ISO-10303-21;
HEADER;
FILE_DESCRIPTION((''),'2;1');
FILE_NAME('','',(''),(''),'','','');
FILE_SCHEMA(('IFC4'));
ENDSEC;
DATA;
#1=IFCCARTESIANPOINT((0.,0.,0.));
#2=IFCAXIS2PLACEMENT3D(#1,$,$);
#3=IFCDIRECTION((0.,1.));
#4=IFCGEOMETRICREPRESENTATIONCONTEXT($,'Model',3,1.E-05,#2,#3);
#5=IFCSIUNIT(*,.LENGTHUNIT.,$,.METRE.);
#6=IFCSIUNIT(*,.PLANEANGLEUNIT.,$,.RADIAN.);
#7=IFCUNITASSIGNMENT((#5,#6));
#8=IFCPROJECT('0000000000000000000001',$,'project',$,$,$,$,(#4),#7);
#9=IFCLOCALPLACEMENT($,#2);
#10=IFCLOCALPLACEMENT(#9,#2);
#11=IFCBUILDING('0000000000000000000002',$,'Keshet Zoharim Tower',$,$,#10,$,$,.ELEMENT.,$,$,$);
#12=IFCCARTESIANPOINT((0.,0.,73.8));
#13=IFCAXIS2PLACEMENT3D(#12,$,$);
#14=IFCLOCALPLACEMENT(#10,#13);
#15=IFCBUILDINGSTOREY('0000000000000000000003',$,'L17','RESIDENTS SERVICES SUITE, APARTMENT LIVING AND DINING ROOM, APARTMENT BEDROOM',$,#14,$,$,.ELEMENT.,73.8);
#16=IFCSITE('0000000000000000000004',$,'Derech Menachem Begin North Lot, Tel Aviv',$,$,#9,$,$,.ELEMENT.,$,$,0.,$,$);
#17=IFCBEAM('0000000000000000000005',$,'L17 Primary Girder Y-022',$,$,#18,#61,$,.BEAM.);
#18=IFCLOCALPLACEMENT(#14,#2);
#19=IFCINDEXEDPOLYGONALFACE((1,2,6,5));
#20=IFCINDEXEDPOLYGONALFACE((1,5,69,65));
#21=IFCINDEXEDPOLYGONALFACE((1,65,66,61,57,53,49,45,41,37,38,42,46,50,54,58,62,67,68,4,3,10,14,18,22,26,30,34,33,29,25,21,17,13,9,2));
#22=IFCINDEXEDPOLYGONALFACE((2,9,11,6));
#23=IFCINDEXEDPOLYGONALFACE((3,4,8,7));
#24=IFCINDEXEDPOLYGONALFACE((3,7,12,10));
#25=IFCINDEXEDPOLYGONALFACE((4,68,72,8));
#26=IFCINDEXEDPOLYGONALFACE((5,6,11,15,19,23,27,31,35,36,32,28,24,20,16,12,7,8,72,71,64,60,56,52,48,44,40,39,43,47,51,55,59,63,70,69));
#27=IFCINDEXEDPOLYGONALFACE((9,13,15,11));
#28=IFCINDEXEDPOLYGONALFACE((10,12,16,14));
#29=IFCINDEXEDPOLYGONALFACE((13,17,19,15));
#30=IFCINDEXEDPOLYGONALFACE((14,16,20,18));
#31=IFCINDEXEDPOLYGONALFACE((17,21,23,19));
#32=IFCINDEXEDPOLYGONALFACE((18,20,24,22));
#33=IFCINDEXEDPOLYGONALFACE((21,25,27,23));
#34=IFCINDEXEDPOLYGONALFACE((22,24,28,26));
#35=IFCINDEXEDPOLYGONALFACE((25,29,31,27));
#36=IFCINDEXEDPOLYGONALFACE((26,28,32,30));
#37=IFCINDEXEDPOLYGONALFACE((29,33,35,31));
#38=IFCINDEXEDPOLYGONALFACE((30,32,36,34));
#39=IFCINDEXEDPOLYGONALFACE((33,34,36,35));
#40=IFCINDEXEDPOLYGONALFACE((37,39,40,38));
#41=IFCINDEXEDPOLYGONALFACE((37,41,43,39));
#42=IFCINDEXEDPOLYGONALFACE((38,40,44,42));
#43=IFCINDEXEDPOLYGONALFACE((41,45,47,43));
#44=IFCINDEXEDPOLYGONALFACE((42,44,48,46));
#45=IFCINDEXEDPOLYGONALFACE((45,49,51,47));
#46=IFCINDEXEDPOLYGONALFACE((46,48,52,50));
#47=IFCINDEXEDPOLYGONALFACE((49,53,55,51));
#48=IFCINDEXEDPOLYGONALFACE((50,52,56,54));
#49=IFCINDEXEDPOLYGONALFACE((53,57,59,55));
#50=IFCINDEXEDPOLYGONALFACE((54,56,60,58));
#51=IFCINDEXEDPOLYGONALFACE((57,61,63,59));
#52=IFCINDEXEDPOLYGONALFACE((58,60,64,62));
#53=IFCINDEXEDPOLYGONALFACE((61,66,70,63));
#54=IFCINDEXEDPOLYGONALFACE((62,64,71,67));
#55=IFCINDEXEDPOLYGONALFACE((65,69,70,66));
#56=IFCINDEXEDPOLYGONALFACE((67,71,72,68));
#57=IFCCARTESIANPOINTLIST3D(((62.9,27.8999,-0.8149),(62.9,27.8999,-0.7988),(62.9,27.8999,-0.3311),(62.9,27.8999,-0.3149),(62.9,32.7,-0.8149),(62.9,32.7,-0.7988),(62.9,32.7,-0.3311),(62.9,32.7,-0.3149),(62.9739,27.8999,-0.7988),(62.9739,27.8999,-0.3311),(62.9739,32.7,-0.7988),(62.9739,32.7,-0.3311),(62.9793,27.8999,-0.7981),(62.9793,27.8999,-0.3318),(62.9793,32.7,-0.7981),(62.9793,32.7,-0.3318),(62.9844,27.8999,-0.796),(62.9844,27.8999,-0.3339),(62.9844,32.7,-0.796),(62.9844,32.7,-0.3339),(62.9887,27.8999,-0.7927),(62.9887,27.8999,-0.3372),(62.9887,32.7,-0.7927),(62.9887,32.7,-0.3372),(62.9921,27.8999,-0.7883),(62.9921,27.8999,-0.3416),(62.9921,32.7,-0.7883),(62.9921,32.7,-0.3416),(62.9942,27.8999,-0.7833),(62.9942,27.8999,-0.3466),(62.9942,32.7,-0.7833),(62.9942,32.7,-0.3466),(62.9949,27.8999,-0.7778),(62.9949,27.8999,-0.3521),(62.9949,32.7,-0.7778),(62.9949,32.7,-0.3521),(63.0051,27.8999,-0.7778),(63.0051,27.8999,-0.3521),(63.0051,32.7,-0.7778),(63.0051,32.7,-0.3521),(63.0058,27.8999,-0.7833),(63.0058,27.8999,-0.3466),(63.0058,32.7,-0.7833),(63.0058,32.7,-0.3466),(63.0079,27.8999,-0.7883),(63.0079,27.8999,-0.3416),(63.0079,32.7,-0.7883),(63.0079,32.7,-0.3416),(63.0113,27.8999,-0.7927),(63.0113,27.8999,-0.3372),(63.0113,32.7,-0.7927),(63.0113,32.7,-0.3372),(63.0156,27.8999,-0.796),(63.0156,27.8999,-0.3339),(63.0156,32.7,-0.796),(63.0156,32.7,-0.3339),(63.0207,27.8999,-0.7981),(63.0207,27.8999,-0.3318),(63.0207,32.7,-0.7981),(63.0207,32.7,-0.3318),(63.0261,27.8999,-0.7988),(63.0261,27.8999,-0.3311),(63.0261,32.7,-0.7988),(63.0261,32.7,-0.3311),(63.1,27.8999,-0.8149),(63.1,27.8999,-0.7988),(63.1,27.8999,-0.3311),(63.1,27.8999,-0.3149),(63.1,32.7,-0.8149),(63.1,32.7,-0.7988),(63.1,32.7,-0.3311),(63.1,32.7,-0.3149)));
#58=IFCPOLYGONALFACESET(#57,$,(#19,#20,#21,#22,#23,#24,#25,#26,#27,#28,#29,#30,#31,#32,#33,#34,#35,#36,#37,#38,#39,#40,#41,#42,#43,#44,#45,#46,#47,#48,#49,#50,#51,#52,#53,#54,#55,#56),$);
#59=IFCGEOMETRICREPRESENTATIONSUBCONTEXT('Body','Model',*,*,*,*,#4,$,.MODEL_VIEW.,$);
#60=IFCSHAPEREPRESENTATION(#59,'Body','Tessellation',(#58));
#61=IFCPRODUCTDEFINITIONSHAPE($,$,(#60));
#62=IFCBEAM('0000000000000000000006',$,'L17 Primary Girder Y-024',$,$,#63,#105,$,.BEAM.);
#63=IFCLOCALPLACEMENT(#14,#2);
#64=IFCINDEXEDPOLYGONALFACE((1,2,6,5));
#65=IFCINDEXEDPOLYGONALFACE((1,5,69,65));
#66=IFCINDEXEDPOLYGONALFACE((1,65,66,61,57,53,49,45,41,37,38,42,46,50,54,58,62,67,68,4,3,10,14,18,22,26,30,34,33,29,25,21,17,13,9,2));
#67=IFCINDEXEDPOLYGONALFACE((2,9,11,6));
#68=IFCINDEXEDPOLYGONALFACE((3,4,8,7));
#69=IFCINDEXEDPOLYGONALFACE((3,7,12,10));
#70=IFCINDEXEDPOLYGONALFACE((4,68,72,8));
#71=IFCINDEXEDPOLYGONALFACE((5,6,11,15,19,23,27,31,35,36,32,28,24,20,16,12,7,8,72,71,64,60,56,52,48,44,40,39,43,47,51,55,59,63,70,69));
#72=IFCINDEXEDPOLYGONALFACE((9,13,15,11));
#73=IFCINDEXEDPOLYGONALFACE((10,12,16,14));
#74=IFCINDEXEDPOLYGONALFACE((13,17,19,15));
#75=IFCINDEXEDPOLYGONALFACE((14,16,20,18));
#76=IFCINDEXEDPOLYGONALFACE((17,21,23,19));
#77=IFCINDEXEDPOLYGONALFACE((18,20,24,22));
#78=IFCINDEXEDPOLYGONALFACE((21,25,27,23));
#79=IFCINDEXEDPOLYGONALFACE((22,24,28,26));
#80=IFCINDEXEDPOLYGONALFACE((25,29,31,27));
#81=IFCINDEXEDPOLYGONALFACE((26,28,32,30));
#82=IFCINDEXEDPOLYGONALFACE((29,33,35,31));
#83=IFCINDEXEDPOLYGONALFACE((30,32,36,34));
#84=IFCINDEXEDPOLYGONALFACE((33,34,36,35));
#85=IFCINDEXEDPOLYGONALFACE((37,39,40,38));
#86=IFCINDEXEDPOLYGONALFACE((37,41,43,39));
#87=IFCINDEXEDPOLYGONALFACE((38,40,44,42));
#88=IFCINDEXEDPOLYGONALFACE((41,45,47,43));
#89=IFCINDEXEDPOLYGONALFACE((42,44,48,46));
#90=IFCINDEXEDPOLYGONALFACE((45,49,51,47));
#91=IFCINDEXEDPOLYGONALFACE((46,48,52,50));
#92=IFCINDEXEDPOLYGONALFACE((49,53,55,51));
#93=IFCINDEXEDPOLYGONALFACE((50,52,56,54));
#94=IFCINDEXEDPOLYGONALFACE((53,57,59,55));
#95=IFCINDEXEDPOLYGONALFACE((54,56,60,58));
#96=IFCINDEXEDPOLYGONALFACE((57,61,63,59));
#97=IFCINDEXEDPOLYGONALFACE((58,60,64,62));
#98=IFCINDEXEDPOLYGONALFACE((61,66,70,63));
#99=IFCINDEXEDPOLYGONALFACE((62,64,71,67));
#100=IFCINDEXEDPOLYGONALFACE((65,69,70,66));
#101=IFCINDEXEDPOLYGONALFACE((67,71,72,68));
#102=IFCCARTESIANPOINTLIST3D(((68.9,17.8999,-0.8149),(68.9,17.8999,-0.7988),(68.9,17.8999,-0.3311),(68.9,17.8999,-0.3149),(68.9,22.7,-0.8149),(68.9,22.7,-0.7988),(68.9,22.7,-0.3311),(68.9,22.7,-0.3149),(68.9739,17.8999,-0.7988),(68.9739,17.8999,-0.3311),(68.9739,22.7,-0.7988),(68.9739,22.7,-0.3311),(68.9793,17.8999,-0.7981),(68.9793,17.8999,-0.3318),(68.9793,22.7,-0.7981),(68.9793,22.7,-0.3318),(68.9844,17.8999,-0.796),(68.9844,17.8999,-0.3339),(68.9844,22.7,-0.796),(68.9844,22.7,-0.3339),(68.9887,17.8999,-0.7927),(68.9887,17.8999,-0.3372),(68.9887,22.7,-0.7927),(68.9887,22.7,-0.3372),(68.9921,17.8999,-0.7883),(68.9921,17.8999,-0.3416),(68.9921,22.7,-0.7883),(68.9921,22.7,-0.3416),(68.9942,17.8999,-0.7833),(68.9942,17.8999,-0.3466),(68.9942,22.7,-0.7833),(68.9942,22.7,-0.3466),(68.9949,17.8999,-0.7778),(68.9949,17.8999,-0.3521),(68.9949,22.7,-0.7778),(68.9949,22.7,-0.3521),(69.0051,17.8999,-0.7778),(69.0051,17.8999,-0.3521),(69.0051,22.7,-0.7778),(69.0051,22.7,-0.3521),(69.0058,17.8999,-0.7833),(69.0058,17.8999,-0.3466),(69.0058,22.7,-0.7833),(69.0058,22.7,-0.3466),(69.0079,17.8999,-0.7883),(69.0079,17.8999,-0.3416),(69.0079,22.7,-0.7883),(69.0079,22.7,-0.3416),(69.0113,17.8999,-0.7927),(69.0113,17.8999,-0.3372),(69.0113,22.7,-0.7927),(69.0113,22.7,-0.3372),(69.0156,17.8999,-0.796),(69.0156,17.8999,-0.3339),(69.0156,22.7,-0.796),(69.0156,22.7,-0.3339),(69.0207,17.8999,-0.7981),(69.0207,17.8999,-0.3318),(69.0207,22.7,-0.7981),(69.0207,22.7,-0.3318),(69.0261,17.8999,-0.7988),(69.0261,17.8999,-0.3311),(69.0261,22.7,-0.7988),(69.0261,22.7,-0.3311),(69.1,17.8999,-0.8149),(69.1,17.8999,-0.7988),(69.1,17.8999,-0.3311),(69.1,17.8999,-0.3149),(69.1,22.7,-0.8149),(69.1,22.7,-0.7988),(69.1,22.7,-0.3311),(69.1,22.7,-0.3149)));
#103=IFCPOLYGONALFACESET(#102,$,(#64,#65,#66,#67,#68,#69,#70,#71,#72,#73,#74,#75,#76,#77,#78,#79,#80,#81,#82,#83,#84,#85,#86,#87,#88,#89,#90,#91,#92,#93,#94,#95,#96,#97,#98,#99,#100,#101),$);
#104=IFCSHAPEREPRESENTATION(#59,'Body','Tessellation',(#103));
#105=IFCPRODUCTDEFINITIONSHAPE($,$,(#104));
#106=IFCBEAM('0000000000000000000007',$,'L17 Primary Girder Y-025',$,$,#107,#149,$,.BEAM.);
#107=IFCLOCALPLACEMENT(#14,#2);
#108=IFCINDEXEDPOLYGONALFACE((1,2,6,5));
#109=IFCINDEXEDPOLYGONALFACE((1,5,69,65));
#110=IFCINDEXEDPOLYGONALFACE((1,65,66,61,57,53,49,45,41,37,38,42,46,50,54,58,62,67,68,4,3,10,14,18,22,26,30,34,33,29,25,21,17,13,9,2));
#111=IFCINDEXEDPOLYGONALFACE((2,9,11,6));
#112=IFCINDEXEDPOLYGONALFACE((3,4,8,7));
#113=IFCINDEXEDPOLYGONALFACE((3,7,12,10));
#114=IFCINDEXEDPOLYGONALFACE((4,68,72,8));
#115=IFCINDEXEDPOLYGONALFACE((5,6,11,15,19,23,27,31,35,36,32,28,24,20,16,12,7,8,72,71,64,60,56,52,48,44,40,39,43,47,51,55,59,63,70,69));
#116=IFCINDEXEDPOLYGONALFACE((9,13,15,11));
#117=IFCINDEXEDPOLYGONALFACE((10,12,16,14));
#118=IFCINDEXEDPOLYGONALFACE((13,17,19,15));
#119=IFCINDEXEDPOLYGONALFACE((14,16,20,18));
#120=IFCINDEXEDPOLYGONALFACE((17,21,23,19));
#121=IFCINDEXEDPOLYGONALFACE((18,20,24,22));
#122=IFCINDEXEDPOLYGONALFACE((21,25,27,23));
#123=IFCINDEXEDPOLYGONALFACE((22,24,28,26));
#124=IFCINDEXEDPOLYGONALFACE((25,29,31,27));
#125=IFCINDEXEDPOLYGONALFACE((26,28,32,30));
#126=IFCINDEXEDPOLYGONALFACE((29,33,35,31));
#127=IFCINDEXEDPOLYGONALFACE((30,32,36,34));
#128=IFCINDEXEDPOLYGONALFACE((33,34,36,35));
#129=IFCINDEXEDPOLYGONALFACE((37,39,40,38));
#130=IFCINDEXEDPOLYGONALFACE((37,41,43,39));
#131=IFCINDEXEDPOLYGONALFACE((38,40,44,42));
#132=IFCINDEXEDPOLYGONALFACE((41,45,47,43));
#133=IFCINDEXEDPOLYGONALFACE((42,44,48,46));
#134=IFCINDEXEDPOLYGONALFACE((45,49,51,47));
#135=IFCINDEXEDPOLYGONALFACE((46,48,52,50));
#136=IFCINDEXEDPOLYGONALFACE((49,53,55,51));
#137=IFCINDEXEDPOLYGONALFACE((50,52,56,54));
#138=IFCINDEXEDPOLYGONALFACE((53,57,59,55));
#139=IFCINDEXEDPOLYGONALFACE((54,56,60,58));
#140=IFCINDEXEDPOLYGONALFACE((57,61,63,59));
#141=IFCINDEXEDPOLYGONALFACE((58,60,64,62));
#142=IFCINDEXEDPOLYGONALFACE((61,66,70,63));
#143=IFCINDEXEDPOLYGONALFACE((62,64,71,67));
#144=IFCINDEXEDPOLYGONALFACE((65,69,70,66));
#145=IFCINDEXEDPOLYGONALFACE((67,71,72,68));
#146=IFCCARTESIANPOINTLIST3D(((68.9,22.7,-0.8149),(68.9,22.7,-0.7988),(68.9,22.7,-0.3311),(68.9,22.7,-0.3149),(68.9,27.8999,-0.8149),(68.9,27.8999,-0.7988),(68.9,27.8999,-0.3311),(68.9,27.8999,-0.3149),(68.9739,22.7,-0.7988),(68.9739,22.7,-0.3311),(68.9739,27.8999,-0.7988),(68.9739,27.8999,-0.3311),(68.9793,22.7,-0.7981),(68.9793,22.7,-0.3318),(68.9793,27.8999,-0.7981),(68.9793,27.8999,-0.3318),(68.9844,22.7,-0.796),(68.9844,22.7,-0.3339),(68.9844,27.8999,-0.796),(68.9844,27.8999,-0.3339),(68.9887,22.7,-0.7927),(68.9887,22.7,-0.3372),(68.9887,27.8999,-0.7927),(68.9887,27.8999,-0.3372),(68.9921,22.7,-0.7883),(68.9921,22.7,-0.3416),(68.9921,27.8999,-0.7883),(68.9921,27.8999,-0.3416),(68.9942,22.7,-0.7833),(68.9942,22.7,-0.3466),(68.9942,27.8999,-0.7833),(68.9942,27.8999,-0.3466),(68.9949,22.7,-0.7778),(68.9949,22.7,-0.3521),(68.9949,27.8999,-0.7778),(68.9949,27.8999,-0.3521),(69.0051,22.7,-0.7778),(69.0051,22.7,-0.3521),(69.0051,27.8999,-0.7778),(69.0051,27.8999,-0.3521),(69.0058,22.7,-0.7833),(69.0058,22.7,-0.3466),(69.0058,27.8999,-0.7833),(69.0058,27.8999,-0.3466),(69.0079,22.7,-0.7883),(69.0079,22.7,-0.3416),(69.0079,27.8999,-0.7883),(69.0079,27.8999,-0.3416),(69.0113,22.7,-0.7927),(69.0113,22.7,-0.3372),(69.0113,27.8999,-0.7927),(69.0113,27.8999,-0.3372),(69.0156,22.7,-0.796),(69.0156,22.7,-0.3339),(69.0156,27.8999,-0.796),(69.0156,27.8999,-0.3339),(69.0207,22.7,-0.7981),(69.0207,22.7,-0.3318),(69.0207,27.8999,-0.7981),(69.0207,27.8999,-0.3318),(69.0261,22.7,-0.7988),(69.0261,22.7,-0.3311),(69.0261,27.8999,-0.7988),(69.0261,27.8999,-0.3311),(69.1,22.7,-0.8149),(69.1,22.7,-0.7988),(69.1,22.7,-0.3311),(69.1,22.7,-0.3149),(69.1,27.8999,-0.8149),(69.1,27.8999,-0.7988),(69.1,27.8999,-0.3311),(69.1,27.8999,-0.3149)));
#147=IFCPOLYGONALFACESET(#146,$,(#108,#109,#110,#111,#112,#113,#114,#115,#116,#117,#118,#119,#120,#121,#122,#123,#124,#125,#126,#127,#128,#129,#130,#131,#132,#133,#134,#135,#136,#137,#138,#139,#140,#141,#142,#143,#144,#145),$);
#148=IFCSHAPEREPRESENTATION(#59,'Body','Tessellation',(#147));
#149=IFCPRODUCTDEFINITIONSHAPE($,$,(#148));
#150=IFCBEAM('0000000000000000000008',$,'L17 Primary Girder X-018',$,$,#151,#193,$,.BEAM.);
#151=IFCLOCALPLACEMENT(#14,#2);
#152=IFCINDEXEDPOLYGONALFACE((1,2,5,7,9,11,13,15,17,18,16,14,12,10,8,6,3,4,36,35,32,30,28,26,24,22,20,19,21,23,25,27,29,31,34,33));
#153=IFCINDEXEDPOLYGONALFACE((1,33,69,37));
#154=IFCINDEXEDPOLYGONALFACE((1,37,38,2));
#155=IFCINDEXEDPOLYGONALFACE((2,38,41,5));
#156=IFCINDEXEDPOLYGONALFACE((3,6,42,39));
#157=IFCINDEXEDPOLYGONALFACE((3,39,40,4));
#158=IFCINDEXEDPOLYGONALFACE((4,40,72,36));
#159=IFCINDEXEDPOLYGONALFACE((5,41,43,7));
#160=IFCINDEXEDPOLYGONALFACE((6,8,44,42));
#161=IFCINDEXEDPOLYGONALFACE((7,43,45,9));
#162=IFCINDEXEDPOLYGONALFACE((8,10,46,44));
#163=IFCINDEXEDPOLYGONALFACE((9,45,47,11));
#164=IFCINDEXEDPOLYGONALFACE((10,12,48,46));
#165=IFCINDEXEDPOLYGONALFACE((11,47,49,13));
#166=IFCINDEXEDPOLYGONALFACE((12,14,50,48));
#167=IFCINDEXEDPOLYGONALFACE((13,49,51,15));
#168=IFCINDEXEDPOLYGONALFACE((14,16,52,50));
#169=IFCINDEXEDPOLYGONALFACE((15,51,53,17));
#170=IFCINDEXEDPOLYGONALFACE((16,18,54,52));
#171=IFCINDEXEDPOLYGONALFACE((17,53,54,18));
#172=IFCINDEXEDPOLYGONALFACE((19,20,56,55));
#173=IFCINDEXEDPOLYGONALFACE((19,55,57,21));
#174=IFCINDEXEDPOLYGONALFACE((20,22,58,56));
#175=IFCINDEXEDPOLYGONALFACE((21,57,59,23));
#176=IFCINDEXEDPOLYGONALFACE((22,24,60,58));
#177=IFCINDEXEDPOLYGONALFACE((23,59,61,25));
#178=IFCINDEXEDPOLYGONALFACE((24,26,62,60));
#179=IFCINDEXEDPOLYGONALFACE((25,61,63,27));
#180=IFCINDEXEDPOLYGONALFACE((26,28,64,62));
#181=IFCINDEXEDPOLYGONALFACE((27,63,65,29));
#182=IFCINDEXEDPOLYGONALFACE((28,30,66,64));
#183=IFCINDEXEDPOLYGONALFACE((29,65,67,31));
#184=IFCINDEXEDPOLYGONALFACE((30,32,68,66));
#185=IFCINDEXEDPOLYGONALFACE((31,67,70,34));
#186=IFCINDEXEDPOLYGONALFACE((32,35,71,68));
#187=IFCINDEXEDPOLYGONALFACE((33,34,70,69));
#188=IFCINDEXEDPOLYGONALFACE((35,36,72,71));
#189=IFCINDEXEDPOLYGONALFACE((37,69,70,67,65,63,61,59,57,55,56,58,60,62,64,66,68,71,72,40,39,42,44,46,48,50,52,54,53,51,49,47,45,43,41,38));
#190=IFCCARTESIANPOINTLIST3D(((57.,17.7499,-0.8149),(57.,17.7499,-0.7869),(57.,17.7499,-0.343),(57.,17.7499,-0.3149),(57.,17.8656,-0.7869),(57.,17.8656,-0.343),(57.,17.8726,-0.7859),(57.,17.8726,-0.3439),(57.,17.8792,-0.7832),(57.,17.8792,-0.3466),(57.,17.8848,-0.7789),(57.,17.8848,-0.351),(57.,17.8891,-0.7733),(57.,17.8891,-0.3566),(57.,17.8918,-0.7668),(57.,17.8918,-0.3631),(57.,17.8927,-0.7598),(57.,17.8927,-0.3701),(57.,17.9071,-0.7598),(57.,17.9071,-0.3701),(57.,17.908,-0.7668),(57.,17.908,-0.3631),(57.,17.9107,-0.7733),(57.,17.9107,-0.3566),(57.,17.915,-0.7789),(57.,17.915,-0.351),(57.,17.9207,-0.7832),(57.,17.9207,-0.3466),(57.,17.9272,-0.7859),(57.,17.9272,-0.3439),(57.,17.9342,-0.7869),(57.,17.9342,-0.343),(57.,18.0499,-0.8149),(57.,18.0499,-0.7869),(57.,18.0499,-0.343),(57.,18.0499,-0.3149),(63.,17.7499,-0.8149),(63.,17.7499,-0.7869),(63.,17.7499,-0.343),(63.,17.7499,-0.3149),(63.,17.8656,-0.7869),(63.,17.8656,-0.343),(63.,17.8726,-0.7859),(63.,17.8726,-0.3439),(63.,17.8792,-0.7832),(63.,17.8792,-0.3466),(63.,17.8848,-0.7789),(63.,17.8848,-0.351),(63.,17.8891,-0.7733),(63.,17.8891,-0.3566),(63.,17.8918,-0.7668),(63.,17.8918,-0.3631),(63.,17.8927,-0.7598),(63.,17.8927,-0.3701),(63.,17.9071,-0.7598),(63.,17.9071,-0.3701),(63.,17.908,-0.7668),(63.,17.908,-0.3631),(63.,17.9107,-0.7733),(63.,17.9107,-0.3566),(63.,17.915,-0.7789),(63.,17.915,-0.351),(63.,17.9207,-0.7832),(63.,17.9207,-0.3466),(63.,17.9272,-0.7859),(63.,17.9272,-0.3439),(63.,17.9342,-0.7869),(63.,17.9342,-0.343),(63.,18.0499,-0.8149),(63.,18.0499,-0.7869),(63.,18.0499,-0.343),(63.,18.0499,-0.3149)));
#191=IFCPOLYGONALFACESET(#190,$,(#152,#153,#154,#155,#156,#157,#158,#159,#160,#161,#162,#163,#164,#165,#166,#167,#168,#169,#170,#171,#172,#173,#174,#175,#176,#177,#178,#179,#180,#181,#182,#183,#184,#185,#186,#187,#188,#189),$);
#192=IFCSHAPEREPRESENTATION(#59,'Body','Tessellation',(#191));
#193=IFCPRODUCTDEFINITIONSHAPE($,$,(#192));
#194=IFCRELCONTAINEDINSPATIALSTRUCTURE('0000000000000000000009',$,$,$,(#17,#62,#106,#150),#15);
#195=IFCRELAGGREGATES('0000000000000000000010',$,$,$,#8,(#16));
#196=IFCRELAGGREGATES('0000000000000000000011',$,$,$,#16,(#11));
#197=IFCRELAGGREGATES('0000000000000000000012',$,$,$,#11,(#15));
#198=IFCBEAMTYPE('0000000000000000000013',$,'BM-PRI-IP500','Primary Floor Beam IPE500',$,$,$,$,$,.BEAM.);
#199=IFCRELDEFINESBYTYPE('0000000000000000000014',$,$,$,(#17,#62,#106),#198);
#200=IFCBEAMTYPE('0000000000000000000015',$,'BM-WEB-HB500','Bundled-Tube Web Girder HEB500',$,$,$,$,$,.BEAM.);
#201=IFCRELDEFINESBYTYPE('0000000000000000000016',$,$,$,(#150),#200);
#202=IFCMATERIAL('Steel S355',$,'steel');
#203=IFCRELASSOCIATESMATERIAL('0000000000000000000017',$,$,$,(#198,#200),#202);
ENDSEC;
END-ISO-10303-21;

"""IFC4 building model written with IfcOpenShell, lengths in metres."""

from ifc_helpers import new_model, si_unit, direction, frame, origin, origin_2d, place, context, subcontext, project, spatial, i_section, extrude, material, material_profile, profile_set, type_object, element, save


model = new_model("IFC4")

# Units and contexts
model_context = context("Model", 3, precision=1e-05, world=origin(), true_north=direction((0.0, 1.0)))
body_context = subcontext(model_context, "Body", "Model", "MODEL_VIEW")
ifc_project = project(units=[si_unit("LENGTHUNIT", "METRE"), si_unit("PLANEANGLEUNIT", "RADIAN")], contexts=[model_context])

# Site, building, storey
site_placement = place(None, origin())
site = spatial("IfcSite", under=ifc_project, at=site_placement, Name="Derech Menachem Begin North Lot, Tel Aviv", CompositionType="ELEMENT", RefElevation=0.0)
building_placement = place(site_placement, origin())
building = spatial("IfcBuilding", under=site, at=building_placement, Name="Keshet Zoharim Tower", CompositionType="ELEMENT")
storey_placement = place(building_placement, frame((0.0, 0.0, 73.8)))
storey = spatial("IfcBuildingStorey", under=building, at=storey_placement, Name="L17", Description="RESIDENTS SERVICES SUITE, APARTMENT LIVING AND DINING ROOM, APARTMENT BEDROOM", CompositionType="ELEMENT", Elevation=73.8)

# Shared definitions
ifc_material_1 = material(Name="Steel S355", Category="steel")

# Beams
ifc_material_profile_1 = material_profile(ifc_material_1, i_section(OverallWidth=0.2, OverallDepth=0.5, WebThickness=0.0103, FlangeThickness=0.0161, FilletRadius=0.021, at=origin_2d()), Name="IPE500")
ifc_profile_set_1 = profile_set([ifc_material_profile_1], Name="Steel S355")
beam_type_1 = type_object("IfcBeamType", Name="BM-PRI-IP500", Description="Primary Floor Beam IPE500", PredefinedType="BEAM", material=ifc_profile_set_1)
for number, where, z_axis, x_axis, name in (
    (1, (63.0, 27.8999, -0.5649), (0.0, 1.0, 0.0), (-1.0, 0.0, 0.0), "L17 Primary Girder Y-022"),
    (2, (69.0, 17.8999, -0.5649), (0.0, 1.0, 0.0), (-1.0, 0.0, 0.0), "L17 Primary Girder Y-024"),
):
    element("IfcBeam", number, at=place(storey_placement, frame(where, z_axis=z_axis, x_axis=x_axis)), inside=storey, type_object=beam_type_1, Name=name, PredefinedType="BEAM", context=body_context, shape_type="SweptSolid", body=[
        extrude(i_section(OverallWidth=0.2, OverallDepth=0.5, WebThickness=0.0103, FlangeThickness=0.0161, FilletRadius=0.021, at=origin_2d()), origin(), (0.0, 0.0, 1.0), 4.8),
    ])
beam_1_placement = place(storey_placement, frame((69.0, 22.7, -0.5649), z_axis=(0.0, 1.0, 0.0), x_axis=(-1.0, 0.0, 0.0)))
element("IfcBeam", 3, at=beam_1_placement, inside=storey, type_object=beam_type_1, Name="L17 Primary Girder Y-025", PredefinedType="BEAM", context=body_context, shape_type="SweptSolid", body=[
    extrude(i_section(OverallWidth=0.2, OverallDepth=0.5, WebThickness=0.0103, FlangeThickness=0.0161, FilletRadius=0.021, at=origin_2d()), origin(), (0.0, 0.0, 1.0), 5.2),
])
ifc_material_profile_2 = material_profile(ifc_material_1, i_section(OverallWidth=0.3, OverallDepth=0.5, WebThickness=0.0144, FlangeThickness=0.0281, FilletRadius=0.0271, at=origin_2d()), Name="HEB500")
ifc_profile_set_2 = profile_set([ifc_material_profile_2], Name="Steel S355")
beam_type_2 = type_object("IfcBeamType", Name="BM-WEB-HB500", Description="Bundled-Tube Web Girder HEB500", PredefinedType="BEAM", material=ifc_profile_set_2)
for number, where, z_axis, x_axis, name in (
    (4, (57.0, 17.8999, -0.5649), (1.0, 0.0, 0.0), (0.0, 1.0, 0.0), "L17 Primary Girder X-018"),
):
    element("IfcBeam", number, at=place(storey_placement, frame(where, z_axis=z_axis, x_axis=x_axis)), inside=storey, type_object=beam_type_2, Name=name, PredefinedType="BEAM", context=body_context, shape_type="SweptSolid", body=[
        extrude(i_section(OverallWidth=0.3, OverallDepth=0.5, WebThickness=0.0144, FlangeThickness=0.0281, FilletRadius=0.0271, at=origin_2d()), origin(), (0.0, 0.0, 1.0), 6.0),
    ])

save(model, "model.ifc")
